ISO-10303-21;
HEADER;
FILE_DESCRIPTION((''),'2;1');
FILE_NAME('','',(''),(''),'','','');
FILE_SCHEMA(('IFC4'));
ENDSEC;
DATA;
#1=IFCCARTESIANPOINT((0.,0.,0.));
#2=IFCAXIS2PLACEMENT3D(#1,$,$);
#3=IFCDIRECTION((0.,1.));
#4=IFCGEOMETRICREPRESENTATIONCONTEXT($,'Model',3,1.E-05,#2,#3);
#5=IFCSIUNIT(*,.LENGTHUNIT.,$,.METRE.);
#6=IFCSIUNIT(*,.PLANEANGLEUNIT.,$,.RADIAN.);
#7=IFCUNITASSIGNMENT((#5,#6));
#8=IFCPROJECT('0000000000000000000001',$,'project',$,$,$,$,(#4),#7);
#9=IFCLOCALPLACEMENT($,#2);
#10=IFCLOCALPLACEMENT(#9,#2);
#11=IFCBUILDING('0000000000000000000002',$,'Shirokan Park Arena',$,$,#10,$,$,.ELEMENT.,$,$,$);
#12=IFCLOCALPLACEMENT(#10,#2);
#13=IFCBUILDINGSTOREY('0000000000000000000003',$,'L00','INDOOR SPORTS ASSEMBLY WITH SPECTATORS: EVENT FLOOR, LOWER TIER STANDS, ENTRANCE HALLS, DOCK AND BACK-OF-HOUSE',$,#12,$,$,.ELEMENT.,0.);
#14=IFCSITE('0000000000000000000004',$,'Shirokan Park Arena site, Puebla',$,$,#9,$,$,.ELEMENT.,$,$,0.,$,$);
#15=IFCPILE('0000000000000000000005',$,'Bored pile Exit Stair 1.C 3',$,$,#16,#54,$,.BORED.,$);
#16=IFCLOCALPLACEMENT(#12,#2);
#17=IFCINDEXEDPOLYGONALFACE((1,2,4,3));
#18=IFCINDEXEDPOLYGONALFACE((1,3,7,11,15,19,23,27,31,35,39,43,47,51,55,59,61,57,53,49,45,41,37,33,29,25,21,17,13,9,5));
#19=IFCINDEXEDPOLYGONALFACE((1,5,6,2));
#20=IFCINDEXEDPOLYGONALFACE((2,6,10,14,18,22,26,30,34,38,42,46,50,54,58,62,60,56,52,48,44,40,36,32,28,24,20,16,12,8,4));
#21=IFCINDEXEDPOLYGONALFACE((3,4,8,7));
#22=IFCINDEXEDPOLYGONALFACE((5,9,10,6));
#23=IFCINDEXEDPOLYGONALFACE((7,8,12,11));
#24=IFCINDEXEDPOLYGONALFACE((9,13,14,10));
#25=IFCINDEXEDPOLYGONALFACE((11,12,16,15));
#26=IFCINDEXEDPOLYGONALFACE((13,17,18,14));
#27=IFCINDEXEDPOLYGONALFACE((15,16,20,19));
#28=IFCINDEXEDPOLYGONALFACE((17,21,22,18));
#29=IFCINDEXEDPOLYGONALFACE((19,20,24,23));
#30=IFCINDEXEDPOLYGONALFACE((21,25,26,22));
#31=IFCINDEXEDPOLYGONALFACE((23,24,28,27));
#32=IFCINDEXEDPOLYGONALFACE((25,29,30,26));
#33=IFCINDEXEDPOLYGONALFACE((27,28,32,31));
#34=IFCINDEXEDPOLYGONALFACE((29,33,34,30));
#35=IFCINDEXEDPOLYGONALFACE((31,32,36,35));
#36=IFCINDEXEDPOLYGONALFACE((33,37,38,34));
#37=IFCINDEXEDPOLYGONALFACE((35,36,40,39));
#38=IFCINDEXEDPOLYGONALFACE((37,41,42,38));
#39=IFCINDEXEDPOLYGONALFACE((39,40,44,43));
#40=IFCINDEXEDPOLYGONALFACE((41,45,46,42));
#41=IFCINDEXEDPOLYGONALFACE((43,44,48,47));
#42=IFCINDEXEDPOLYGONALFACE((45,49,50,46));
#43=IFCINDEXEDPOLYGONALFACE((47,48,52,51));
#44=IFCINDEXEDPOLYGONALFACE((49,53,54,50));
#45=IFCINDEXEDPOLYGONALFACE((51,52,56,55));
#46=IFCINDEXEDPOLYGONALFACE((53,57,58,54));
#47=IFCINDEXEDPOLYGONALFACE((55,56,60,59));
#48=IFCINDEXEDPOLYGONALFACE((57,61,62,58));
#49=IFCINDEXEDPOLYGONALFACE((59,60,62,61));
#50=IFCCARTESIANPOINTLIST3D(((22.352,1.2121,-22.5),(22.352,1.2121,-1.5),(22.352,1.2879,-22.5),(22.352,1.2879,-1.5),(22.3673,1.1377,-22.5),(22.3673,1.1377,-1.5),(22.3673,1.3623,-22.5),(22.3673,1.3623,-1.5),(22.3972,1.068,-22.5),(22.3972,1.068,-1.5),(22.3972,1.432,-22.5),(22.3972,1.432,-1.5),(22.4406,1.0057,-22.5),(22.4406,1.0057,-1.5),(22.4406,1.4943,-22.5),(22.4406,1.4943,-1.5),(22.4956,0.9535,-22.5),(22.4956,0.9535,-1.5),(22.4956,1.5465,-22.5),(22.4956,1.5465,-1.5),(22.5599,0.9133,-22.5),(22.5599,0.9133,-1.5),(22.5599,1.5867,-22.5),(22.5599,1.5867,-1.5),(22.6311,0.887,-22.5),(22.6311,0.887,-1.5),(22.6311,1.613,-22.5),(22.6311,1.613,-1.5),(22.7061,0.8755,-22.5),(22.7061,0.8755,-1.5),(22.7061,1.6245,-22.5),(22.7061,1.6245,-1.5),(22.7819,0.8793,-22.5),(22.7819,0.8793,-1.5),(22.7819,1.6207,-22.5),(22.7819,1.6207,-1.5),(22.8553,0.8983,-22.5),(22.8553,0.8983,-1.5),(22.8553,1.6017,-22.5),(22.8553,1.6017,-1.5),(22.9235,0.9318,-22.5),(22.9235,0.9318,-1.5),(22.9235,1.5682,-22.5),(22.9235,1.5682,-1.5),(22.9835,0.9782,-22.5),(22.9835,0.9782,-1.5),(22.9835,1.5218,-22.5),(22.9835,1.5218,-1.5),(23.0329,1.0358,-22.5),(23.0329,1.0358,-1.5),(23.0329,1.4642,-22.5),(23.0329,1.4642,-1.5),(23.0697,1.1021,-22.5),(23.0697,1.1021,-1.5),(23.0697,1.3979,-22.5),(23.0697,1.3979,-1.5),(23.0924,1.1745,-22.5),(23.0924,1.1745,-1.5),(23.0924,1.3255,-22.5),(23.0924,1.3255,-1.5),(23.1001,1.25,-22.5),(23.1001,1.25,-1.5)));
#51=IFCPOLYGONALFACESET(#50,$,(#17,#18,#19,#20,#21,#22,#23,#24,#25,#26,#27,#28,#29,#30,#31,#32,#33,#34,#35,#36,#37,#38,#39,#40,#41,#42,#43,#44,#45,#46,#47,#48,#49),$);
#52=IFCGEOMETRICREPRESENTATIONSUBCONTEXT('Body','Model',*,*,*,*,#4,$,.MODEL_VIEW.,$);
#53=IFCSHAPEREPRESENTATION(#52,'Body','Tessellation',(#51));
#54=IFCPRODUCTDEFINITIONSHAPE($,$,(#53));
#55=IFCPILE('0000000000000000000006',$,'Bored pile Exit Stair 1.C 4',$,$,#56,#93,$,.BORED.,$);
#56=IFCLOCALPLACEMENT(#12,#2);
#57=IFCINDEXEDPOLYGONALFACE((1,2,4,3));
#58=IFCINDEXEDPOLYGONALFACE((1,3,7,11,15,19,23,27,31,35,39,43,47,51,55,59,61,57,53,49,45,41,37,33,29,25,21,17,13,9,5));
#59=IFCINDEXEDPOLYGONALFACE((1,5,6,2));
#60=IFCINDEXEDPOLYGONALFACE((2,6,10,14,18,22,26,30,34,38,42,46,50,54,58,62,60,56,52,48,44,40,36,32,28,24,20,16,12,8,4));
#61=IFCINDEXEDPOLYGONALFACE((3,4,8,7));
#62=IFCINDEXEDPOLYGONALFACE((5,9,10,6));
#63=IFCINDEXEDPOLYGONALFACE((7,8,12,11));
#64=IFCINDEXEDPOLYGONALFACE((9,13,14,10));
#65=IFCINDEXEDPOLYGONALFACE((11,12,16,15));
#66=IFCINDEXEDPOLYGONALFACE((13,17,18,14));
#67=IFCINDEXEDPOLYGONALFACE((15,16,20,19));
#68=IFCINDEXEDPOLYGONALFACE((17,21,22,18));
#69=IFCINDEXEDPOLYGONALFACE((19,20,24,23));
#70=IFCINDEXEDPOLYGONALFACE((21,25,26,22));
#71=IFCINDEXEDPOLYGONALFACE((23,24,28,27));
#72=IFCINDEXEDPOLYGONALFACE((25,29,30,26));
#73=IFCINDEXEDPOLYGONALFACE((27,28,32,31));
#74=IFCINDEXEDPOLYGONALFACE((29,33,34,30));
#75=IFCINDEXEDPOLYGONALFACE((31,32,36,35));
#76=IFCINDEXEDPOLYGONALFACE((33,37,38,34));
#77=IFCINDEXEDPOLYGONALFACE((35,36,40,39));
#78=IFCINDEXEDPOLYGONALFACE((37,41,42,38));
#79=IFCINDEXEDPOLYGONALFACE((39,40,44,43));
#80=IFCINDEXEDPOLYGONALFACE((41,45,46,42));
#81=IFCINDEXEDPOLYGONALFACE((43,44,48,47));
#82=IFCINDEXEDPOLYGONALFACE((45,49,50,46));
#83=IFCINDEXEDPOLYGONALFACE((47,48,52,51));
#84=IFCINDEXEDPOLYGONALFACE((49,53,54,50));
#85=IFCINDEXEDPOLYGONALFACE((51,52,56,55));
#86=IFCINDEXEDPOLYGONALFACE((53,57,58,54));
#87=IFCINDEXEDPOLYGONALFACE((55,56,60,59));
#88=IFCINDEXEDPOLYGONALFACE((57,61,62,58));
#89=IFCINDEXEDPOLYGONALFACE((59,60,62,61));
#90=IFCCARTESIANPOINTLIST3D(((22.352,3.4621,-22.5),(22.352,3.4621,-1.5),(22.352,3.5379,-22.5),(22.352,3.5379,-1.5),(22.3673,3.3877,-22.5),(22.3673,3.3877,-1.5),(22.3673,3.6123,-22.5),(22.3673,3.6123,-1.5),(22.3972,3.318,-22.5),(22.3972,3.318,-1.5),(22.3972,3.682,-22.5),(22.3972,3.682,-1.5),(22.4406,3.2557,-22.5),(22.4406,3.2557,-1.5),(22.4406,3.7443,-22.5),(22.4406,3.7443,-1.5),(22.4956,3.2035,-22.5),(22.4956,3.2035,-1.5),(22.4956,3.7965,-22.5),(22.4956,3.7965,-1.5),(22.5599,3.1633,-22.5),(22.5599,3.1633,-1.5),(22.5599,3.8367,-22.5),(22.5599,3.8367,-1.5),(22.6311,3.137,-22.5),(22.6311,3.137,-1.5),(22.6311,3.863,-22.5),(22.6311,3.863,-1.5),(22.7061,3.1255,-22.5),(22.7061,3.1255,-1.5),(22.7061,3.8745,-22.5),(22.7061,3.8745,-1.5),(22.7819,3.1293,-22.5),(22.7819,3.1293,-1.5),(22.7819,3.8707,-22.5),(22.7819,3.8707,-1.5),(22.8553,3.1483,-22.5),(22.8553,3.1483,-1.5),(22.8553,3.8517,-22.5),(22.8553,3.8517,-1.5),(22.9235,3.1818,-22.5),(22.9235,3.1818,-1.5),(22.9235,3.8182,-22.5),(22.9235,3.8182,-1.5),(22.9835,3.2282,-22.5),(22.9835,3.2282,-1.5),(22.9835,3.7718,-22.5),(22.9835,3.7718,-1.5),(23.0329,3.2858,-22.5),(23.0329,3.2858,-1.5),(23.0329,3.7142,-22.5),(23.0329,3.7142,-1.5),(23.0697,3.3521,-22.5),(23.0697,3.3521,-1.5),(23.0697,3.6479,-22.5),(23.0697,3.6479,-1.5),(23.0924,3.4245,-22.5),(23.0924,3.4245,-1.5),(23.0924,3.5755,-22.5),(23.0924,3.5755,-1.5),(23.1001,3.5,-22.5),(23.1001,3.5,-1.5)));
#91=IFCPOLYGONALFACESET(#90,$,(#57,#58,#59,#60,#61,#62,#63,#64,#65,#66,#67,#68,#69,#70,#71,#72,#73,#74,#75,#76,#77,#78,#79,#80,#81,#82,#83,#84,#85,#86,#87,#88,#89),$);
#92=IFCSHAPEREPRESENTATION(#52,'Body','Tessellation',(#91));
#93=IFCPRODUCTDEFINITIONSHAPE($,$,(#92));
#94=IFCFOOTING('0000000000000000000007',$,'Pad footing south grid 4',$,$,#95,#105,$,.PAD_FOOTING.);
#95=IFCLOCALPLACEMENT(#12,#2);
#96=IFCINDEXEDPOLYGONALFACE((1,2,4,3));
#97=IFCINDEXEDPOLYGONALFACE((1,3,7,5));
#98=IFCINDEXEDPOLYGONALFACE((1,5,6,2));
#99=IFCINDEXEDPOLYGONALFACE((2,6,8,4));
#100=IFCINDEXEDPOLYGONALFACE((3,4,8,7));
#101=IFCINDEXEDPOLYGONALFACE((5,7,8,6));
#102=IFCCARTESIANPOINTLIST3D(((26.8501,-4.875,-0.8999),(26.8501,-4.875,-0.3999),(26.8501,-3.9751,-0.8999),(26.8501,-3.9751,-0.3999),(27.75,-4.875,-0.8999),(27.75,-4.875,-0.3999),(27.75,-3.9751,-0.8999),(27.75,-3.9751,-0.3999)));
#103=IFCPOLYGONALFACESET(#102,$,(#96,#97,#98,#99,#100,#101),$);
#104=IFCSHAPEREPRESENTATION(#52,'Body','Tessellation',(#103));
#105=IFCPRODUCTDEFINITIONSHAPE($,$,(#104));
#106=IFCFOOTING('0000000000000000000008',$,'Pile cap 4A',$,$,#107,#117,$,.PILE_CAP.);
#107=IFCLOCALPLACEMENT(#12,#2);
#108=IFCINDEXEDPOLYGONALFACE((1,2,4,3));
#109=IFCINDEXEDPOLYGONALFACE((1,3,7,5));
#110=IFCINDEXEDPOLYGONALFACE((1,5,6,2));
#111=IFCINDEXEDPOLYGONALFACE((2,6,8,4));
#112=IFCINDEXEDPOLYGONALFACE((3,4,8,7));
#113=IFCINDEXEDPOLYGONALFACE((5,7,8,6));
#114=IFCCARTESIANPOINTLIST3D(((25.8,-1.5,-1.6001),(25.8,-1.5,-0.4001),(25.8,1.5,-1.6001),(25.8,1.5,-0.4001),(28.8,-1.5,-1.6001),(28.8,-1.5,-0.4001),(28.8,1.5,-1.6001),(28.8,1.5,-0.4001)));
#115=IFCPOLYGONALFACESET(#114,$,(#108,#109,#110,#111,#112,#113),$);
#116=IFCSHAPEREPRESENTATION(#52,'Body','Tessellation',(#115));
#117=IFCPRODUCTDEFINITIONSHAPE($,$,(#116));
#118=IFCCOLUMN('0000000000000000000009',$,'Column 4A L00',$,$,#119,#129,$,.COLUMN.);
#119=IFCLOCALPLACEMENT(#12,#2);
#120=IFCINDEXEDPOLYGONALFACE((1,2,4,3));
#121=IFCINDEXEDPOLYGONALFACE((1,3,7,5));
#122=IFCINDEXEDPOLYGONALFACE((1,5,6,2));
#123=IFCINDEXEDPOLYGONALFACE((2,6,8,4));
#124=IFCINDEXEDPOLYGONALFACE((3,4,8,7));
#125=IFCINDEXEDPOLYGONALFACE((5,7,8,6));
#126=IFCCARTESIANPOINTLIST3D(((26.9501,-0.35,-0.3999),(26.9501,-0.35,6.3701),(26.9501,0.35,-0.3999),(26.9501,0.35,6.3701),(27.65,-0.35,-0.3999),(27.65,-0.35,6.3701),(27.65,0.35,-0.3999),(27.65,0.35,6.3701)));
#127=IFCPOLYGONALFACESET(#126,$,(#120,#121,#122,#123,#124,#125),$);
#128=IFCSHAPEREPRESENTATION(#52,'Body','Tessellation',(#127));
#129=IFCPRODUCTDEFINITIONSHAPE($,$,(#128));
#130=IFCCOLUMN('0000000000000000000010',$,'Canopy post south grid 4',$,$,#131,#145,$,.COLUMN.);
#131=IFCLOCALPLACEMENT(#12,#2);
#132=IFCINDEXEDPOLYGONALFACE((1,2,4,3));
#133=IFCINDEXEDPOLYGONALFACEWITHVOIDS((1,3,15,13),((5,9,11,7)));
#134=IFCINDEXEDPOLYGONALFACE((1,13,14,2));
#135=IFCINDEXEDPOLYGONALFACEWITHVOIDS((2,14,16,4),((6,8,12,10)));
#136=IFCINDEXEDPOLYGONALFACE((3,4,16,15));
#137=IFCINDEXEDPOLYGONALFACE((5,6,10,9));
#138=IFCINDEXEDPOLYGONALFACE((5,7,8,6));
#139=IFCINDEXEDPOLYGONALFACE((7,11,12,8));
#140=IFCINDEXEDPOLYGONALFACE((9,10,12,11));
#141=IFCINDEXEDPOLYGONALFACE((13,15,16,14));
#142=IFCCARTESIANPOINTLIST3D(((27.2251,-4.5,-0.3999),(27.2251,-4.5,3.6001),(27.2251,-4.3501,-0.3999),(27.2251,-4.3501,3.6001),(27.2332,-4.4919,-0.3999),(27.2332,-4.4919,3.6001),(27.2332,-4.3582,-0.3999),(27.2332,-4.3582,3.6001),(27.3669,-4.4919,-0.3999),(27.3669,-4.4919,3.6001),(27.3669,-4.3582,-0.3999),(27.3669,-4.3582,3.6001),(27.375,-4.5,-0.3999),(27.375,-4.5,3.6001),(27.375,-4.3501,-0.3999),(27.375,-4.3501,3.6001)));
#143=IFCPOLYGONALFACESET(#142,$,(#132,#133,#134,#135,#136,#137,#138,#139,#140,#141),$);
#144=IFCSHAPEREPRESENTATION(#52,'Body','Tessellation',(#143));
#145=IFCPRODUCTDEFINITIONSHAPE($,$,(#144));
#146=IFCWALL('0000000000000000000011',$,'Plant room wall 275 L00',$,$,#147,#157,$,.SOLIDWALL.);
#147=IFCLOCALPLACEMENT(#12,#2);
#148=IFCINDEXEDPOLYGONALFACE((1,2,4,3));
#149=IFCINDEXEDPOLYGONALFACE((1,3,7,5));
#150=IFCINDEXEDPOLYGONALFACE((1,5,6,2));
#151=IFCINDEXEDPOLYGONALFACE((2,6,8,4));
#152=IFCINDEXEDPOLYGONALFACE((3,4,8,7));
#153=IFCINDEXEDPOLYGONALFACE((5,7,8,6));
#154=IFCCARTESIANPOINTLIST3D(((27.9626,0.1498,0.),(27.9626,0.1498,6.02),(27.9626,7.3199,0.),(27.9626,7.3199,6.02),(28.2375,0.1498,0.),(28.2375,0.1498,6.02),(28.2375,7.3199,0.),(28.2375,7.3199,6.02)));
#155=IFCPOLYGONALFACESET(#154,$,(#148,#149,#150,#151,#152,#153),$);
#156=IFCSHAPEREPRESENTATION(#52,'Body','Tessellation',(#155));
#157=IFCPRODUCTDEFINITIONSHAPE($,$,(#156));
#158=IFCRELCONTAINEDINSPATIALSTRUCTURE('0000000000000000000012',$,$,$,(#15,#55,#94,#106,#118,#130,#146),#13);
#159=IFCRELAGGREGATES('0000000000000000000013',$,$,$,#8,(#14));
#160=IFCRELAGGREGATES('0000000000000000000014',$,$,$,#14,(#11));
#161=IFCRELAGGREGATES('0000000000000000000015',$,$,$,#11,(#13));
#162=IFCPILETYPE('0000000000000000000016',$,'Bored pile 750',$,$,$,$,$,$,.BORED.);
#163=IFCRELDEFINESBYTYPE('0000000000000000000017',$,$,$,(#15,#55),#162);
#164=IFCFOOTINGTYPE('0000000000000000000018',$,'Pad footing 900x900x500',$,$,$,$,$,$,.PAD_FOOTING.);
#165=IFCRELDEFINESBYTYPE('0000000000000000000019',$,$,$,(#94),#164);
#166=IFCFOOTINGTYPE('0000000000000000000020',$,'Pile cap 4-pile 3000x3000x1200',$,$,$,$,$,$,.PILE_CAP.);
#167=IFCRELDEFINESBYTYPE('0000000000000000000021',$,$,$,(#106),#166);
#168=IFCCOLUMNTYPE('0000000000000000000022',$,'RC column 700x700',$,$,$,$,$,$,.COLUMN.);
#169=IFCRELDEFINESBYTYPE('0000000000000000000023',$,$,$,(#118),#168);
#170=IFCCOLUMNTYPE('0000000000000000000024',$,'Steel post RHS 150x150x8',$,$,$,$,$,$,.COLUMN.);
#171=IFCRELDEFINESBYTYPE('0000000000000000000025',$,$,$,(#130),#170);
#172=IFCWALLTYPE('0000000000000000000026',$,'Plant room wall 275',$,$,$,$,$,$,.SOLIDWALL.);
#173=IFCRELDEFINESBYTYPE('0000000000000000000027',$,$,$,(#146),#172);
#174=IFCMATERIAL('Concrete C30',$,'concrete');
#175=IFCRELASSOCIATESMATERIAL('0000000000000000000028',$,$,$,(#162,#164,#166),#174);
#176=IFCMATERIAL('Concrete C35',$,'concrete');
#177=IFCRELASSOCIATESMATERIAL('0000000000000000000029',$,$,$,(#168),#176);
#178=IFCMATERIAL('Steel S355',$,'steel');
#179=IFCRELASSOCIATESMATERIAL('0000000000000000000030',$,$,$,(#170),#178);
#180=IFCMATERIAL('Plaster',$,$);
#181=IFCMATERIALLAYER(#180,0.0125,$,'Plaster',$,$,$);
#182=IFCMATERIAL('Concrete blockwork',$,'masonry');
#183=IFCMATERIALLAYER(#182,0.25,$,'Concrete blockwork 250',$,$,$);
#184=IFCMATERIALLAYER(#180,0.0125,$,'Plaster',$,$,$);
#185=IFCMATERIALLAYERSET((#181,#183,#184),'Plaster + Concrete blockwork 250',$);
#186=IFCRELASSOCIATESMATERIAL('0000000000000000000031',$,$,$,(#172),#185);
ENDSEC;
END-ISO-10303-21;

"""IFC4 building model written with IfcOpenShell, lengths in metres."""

from ifc_helpers import new_model, si_unit, direction, frame, frame_2d, origin, origin_2d, place, context, subcontext, project, spatial, rectangle, hollow_rectangle, circle, extrude, material, layer, layer_set, material_profile, profile_set, type_object, element, save


model = new_model("IFC4")

# Units and contexts
model_context = context("Model", 3, precision=1e-05, world=origin(), true_north=direction((0.0, 1.0)))
body_context = subcontext(model_context, "Body", "Model", "MODEL_VIEW")
ifc_project = project(units=[si_unit("LENGTHUNIT", "METRE"), si_unit("PLANEANGLEUNIT", "RADIAN")], contexts=[model_context])

# Site, building, storey
site_placement = place(None, origin())
site = spatial("IfcSite", under=ifc_project, at=site_placement, Name="Shirokan Park Arena site, Puebla", CompositionType="ELEMENT", RefElevation=0.0)
building_placement = place(site_placement, origin())
building = spatial("IfcBuilding", under=site, at=building_placement, Name="Shirokan Park Arena", CompositionType="ELEMENT")
storey_placement = place(building_placement, origin())
storey = spatial("IfcBuildingStorey", under=building, at=storey_placement, Name="L00", Description="INDOOR SPORTS ASSEMBLY WITH SPECTATORS: EVENT FLOOR, LOWER TIER STANDS, ENTRANCE HALLS, DOCK AND BACK-OF-HOUSE", CompositionType="ELEMENT", Elevation=0.0)

# Piles
ifc_material_1 = material(Name="Concrete C30", Category="concrete")
ifc_material_profile_1 = material_profile(ifc_material_1, circle(Radius=0.375, at=origin_2d()), Name="D750")
ifc_profile_set_1 = profile_set([ifc_material_profile_1], Name="Concrete C30")
pile_type_1 = type_object("IfcPileType", Name="Bored pile 750", PredefinedType="BORED", material=ifc_profile_set_1)
for number, where, z_axis, x_axis, name in (
    (1, (22.7251, 1.25, -1.5), (0.0, 0.0, -1.0), (1.0, 0.0, 0.0), "Bored pile Exit Stair 1.C 3"),
    (2, (22.7251, 3.5, -1.5), (0.0, 0.0, -1.0), (1.0, 0.0, 0.0), "Bored pile Exit Stair 1.C 4"),
):
    element("IfcPile", number, at=place(storey_placement, frame(where, z_axis=z_axis, x_axis=x_axis)), inside=storey, type_object=pile_type_1, Name=name, PredefinedType="BORED", context=body_context, shape_type="SweptSolid", body=[
        extrude(circle(Radius=0.375, at=origin_2d()), origin(), (0.0, 0.0, 1.0), 21.0),
    ])

# Footings
footing_type_1 = type_object("IfcFootingType", Name="Pad footing 900x900x500", PredefinedType="PAD_FOOTING", material=ifc_material_1)
footing_1_placement = place(storey_placement, frame((27.3, -4.425, -0.8999), z_axis=(0.0, 0.0, 1.0), x_axis=(1.0, 0.0, 0.0)))
element("IfcFooting", 3, at=footing_1_placement, inside=storey, type_object=footing_type_1, Name="Pad footing south grid 4", PredefinedType="PAD_FOOTING", context=body_context, shape_type="SweptSolid", body=[
    extrude(rectangle(XDim=0.8999, YDim=0.8999, at=origin_2d()), origin(), (0.0, 0.0, 1.0), 0.5),
])
footing_type_2 = type_object("IfcFootingType", Name="Pile cap 4-pile 3000x3000x1200", PredefinedType="PILE_CAP", material=ifc_material_1)
footing_2_placement = place(storey_placement, frame((27.3, 0.0, -1.6001), z_axis=(0.0, 0.0, 1.0), x_axis=(1.0, 0.0, 0.0)))
element("IfcFooting", 4, at=footing_2_placement, inside=storey, type_object=footing_type_2, Name="Pile cap 4A", PredefinedType="PILE_CAP", context=body_context, shape_type="SweptSolid", body=[
    extrude(rectangle(XDim=3.0, YDim=3.0, at=origin_2d()), origin(), (0.0, 0.0, 1.0), 1.2),
])

# Columns
ifc_material_2 = material(Name="Concrete C35", Category="concrete")
ifc_material_profile_2 = material_profile(ifc_material_2, rectangle(XDim=0.7, YDim=0.7, at=origin_2d()), Name="700x700")
ifc_profile_set_2 = profile_set([ifc_material_profile_2], Name="Concrete C35")
column_type_1 = type_object("IfcColumnType", Name="RC column 700x700", PredefinedType="COLUMN", material=ifc_profile_set_2)
column_1_placement = place(storey_placement, frame((27.3, 0.0, -0.3999), z_axis=(0.0, 0.0, 1.0), x_axis=(1.0, 0.0, 0.0)))
element("IfcColumn", 5, at=column_1_placement, inside=storey, type_object=column_type_1, Name="Column 4A L00", PredefinedType="COLUMN", context=body_context, shape_type="SweptSolid", body=[
    extrude(rectangle(XDim=0.7, YDim=0.7, at=origin_2d()), origin(), (0.0, 0.0, 1.0), 6.77),
])
ifc_material_3 = material(Name="Steel S355", Category="steel")
ifc_material_profile_3 = material_profile(ifc_material_3, hollow_rectangle(XDim=0.1499, YDim=0.1499, WallThickness=0.0081, at=origin_2d()), Name="RHS 150x150x8")
ifc_profile_set_3 = profile_set([ifc_material_profile_3], Name="Steel S355")
column_type_2 = type_object("IfcColumnType", Name="Steel post RHS 150x150x8", PredefinedType="COLUMN", material=ifc_profile_set_3)
column_2_placement = place(storey_placement, frame((27.3, -4.425, -0.3999), z_axis=(0.0, 0.0, 1.0), x_axis=(1.0, 0.0, 0.0)))
element("IfcColumn", 6, at=column_2_placement, inside=storey, type_object=column_type_2, Name="Canopy post south grid 4", PredefinedType="COLUMN", context=body_context, shape_type="SweptSolid", body=[
    extrude(hollow_rectangle(XDim=0.1499, YDim=0.1499, WallThickness=0.0081, at=origin_2d()), origin(), (0.0, 0.0, 1.0), 4.0),
])

# Wall
ifc_material_4 = material(Name="Plaster")
ifc_layer_1 = layer(ifc_material_4, 0.0125, Name="Plaster")
ifc_material_5 = material(Name="Concrete blockwork", Category="masonry")
ifc_layer_2 = layer(ifc_material_5, 0.25, Name="Concrete blockwork 250")
ifc_layer_3 = layer(ifc_material_4, 0.0125, Name="Plaster")
ifc_layer_set_1 = layer_set([ifc_layer_1, ifc_layer_2, ifc_layer_3], Name="Plaster + Concrete blockwork 250")
wall_type_1 = type_object("IfcWallType", Name="Plant room wall 275", PredefinedType="SOLIDWALL", material=ifc_layer_set_1)
wall_1_placement = place(storey_placement, frame((28.1001, 0.1499, 0.0), z_axis=(0.0, 0.0, 1.0), x_axis=(0.0, 1.0, 0.0)))
element("IfcWall", 7, at=wall_1_placement, inside=storey, type_object=wall_type_1, Name="Plant room wall 275 L00", PredefinedType="SOLIDWALL", context=body_context, shape_type="SweptSolid", body=[
    extrude(rectangle(XDim=7.1702, YDim=0.2749, at=frame_2d((3.585, 0.0))), origin(), (0.0, 0.0, 1.0), 6.02),
])

save(model, "model.ifc")
